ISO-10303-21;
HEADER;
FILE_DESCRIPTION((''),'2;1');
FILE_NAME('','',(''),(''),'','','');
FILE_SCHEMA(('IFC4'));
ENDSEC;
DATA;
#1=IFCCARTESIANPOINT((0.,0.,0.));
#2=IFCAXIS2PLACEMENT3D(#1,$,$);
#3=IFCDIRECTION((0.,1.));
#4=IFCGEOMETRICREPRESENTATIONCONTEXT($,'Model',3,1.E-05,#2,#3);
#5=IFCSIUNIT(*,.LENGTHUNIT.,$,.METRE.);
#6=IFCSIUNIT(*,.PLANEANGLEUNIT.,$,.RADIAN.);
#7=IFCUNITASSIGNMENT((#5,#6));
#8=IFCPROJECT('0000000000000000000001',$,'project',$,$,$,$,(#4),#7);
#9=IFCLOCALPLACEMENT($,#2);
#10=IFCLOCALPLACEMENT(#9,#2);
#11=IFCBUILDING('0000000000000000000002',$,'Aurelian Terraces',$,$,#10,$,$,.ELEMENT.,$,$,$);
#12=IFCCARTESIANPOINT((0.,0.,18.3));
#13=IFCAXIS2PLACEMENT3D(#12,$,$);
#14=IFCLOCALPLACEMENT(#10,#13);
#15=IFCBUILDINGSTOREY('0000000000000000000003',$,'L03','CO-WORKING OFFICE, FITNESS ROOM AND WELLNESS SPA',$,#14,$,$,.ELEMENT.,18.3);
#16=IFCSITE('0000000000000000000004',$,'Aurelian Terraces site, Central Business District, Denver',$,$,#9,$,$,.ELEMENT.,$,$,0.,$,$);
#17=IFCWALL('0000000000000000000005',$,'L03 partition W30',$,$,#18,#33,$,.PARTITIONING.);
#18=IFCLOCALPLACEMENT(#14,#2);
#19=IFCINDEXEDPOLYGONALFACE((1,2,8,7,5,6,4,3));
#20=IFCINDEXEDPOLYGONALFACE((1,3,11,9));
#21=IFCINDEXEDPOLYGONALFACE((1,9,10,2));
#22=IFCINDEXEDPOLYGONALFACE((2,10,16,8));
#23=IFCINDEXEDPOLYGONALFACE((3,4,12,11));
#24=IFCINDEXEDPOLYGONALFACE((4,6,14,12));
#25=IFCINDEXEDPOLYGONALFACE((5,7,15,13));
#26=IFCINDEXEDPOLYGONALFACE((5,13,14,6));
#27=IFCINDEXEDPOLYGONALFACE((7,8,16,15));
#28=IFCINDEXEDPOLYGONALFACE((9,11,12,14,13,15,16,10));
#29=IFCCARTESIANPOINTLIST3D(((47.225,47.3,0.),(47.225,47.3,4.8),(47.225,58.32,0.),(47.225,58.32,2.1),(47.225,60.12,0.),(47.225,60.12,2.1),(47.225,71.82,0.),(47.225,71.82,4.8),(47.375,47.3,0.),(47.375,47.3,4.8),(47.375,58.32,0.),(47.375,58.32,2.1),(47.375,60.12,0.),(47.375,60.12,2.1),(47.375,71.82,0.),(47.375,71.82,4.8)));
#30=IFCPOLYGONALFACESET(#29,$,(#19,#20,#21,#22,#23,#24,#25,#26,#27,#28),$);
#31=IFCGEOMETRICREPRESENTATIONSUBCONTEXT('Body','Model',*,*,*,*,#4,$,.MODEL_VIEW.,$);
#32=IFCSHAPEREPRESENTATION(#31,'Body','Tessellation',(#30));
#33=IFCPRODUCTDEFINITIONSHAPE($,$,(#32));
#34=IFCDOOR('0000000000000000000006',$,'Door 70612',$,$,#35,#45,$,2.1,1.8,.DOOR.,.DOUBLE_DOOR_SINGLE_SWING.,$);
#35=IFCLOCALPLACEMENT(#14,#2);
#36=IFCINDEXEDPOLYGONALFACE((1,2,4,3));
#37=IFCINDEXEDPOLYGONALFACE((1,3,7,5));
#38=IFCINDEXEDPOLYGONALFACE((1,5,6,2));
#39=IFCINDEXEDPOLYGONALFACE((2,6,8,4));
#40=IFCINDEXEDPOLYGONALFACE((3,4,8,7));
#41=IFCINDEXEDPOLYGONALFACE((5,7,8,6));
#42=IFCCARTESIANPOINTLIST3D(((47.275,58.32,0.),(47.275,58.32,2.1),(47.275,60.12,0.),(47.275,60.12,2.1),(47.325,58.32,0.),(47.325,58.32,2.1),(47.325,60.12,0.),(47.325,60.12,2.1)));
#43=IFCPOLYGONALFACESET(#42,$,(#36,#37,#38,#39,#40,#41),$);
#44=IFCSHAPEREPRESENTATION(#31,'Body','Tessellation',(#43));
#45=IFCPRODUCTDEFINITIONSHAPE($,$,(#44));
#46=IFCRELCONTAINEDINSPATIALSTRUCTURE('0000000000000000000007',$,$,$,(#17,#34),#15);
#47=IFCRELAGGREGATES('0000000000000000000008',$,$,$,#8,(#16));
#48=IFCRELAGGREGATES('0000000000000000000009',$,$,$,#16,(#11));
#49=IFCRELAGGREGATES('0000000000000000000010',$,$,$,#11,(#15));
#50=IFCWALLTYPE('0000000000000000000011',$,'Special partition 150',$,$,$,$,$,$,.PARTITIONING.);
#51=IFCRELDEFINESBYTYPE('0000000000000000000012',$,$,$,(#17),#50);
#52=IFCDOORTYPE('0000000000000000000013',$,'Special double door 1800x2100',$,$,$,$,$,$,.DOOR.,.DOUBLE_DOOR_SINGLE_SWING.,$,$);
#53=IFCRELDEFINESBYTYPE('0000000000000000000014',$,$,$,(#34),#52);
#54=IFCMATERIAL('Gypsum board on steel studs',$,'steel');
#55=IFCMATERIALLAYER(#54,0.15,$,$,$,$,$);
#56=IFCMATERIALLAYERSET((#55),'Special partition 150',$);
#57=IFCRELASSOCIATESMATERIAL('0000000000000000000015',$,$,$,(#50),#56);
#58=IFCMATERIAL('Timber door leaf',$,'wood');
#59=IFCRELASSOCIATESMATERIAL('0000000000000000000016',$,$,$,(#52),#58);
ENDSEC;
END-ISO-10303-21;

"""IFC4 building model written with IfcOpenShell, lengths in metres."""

from ifc_helpers import new_model, si_unit, direction, frame, frame_2d, origin, place, context, subcontext, project, spatial, rectangle, extrude, source, transform, mapped, material, layer, layer_set, type_object, element, fill, save


model = new_model("IFC4")

# Units and contexts
model_context = context("Model", 3, precision=1e-05, world=origin(), true_north=direction((0.0, 1.0)))
body_context = subcontext(model_context, "Body", "Model", "MODEL_VIEW")
ifc_project = project(units=[si_unit("LENGTHUNIT", "METRE"), si_unit("PLANEANGLEUNIT", "RADIAN")], contexts=[model_context])

# Site, building, storey
site_placement = place(None, origin())
site = spatial("IfcSite", under=ifc_project, at=site_placement, Name="Aurelian Terraces site, Central Business District, Denver", CompositionType="ELEMENT", RefElevation=0.0)
building_placement = place(site_placement, origin())
building = spatial("IfcBuilding", under=site, at=building_placement, Name="Aurelian Terraces", CompositionType="ELEMENT")
storey_placement = place(building_placement, frame((0.0, 0.0, 18.3)))
storey = spatial("IfcBuildingStorey", under=building, at=storey_placement, Name="L03", Description="CO-WORKING OFFICE, FITNESS ROOM AND WELLNESS SPA", CompositionType="ELEMENT", Elevation=18.3)

# Shared definitions
ifc_material_1 = material(Name="Gypsum board on steel studs", Category="steel")
ifc_layer_1 = layer(ifc_material_1, 0.15)
ifc_layer_set_1 = layer_set([ifc_layer_1], Name="Special partition 150")
wall_type = type_object("IfcWallType", Name="Special partition 150", PredefinedType="PARTITIONING", material=ifc_layer_set_1)
shared_shape_1 = source(origin(), body_context, "Body", "SweptSolid", [
    extrude(rectangle(XDim=24.52, YDim=0.15, at=frame_2d((12.26, 0.0))), origin(), (0.0, 0.0, 1.0), 4.8),
])

# Wall, opening, door
wall_placement = place(storey_placement, frame((47.3, 47.3, 0.0), z_axis=(0.0, 0.0, 1.0), x_axis=(0.0, 1.0, 0.0)))
wall = element("IfcWall", 1, at=wall_placement, inside=storey, type_object=wall_type, Name="L03 partition W30", PredefinedType="PARTITIONING", context=body_context, shape_type="MappedRepresentation", body=[
    mapped(shared_shape_1, transform((0.0, 0.0, 0.0), scale=1.0)),
])
shared_shape_2 = source(origin(), body_context, "Body", "SweptSolid", [
    extrude(rectangle(XDim=1.8, YDim=2.1, at=frame_2d((0.9, 1.05))), frame((0.0, 0.085, 0.0), z_axis=(0.0, -1.0, 0.0), x_axis=(1.0, 0.0, 0.0)), (0.0, 0.0, 1.0), 0.17),
])
opening_placement = place(wall_placement, frame((11.02, 0.0, 0.0)))
opening = element("IfcOpeningElement", 2, at=opening_placement, cuts=wall, PredefinedType="OPENING", context=body_context, shape_type="MappedRepresentation", body=[
    mapped(shared_shape_2, transform((0.0, 0.0, 0.0), scale=1.0)),
])
ifc_material_2 = material(Name="Timber door leaf", Category="wood")
door_type = type_object("IfcDoorType", Name="Special double door 1800x2100", OperationType="DOUBLE_DOOR_SINGLE_SWING", PredefinedType="DOOR", material=ifc_material_2)
shared_shape_3 = source(origin(), body_context, "Body", "SweptSolid", [
    extrude(rectangle(XDim=1.8, YDim=2.1, at=frame_2d((0.9, 1.05))), frame((0.0, 0.025, 0.0), z_axis=(0.0, -1.0, 0.0), x_axis=(1.0, 0.0, 0.0)), (0.0, 0.0, 1.0), 0.05),
])
door_placement = place(opening_placement, origin())
door = element("IfcDoor", 3, at=door_placement, inside=storey, type_object=door_type, Name="Door 70612", OperationType="DOUBLE_DOOR_SINGLE_SWING", OverallHeight=2.1, OverallWidth=1.8, PredefinedType="DOOR", context=body_context, shape_type="MappedRepresentation", body=[
    mapped(shared_shape_3, transform((0.0, 0.0, 0.0), scale=1.0)),
])
fill(opening, door)

save(model, "model.ifc")
